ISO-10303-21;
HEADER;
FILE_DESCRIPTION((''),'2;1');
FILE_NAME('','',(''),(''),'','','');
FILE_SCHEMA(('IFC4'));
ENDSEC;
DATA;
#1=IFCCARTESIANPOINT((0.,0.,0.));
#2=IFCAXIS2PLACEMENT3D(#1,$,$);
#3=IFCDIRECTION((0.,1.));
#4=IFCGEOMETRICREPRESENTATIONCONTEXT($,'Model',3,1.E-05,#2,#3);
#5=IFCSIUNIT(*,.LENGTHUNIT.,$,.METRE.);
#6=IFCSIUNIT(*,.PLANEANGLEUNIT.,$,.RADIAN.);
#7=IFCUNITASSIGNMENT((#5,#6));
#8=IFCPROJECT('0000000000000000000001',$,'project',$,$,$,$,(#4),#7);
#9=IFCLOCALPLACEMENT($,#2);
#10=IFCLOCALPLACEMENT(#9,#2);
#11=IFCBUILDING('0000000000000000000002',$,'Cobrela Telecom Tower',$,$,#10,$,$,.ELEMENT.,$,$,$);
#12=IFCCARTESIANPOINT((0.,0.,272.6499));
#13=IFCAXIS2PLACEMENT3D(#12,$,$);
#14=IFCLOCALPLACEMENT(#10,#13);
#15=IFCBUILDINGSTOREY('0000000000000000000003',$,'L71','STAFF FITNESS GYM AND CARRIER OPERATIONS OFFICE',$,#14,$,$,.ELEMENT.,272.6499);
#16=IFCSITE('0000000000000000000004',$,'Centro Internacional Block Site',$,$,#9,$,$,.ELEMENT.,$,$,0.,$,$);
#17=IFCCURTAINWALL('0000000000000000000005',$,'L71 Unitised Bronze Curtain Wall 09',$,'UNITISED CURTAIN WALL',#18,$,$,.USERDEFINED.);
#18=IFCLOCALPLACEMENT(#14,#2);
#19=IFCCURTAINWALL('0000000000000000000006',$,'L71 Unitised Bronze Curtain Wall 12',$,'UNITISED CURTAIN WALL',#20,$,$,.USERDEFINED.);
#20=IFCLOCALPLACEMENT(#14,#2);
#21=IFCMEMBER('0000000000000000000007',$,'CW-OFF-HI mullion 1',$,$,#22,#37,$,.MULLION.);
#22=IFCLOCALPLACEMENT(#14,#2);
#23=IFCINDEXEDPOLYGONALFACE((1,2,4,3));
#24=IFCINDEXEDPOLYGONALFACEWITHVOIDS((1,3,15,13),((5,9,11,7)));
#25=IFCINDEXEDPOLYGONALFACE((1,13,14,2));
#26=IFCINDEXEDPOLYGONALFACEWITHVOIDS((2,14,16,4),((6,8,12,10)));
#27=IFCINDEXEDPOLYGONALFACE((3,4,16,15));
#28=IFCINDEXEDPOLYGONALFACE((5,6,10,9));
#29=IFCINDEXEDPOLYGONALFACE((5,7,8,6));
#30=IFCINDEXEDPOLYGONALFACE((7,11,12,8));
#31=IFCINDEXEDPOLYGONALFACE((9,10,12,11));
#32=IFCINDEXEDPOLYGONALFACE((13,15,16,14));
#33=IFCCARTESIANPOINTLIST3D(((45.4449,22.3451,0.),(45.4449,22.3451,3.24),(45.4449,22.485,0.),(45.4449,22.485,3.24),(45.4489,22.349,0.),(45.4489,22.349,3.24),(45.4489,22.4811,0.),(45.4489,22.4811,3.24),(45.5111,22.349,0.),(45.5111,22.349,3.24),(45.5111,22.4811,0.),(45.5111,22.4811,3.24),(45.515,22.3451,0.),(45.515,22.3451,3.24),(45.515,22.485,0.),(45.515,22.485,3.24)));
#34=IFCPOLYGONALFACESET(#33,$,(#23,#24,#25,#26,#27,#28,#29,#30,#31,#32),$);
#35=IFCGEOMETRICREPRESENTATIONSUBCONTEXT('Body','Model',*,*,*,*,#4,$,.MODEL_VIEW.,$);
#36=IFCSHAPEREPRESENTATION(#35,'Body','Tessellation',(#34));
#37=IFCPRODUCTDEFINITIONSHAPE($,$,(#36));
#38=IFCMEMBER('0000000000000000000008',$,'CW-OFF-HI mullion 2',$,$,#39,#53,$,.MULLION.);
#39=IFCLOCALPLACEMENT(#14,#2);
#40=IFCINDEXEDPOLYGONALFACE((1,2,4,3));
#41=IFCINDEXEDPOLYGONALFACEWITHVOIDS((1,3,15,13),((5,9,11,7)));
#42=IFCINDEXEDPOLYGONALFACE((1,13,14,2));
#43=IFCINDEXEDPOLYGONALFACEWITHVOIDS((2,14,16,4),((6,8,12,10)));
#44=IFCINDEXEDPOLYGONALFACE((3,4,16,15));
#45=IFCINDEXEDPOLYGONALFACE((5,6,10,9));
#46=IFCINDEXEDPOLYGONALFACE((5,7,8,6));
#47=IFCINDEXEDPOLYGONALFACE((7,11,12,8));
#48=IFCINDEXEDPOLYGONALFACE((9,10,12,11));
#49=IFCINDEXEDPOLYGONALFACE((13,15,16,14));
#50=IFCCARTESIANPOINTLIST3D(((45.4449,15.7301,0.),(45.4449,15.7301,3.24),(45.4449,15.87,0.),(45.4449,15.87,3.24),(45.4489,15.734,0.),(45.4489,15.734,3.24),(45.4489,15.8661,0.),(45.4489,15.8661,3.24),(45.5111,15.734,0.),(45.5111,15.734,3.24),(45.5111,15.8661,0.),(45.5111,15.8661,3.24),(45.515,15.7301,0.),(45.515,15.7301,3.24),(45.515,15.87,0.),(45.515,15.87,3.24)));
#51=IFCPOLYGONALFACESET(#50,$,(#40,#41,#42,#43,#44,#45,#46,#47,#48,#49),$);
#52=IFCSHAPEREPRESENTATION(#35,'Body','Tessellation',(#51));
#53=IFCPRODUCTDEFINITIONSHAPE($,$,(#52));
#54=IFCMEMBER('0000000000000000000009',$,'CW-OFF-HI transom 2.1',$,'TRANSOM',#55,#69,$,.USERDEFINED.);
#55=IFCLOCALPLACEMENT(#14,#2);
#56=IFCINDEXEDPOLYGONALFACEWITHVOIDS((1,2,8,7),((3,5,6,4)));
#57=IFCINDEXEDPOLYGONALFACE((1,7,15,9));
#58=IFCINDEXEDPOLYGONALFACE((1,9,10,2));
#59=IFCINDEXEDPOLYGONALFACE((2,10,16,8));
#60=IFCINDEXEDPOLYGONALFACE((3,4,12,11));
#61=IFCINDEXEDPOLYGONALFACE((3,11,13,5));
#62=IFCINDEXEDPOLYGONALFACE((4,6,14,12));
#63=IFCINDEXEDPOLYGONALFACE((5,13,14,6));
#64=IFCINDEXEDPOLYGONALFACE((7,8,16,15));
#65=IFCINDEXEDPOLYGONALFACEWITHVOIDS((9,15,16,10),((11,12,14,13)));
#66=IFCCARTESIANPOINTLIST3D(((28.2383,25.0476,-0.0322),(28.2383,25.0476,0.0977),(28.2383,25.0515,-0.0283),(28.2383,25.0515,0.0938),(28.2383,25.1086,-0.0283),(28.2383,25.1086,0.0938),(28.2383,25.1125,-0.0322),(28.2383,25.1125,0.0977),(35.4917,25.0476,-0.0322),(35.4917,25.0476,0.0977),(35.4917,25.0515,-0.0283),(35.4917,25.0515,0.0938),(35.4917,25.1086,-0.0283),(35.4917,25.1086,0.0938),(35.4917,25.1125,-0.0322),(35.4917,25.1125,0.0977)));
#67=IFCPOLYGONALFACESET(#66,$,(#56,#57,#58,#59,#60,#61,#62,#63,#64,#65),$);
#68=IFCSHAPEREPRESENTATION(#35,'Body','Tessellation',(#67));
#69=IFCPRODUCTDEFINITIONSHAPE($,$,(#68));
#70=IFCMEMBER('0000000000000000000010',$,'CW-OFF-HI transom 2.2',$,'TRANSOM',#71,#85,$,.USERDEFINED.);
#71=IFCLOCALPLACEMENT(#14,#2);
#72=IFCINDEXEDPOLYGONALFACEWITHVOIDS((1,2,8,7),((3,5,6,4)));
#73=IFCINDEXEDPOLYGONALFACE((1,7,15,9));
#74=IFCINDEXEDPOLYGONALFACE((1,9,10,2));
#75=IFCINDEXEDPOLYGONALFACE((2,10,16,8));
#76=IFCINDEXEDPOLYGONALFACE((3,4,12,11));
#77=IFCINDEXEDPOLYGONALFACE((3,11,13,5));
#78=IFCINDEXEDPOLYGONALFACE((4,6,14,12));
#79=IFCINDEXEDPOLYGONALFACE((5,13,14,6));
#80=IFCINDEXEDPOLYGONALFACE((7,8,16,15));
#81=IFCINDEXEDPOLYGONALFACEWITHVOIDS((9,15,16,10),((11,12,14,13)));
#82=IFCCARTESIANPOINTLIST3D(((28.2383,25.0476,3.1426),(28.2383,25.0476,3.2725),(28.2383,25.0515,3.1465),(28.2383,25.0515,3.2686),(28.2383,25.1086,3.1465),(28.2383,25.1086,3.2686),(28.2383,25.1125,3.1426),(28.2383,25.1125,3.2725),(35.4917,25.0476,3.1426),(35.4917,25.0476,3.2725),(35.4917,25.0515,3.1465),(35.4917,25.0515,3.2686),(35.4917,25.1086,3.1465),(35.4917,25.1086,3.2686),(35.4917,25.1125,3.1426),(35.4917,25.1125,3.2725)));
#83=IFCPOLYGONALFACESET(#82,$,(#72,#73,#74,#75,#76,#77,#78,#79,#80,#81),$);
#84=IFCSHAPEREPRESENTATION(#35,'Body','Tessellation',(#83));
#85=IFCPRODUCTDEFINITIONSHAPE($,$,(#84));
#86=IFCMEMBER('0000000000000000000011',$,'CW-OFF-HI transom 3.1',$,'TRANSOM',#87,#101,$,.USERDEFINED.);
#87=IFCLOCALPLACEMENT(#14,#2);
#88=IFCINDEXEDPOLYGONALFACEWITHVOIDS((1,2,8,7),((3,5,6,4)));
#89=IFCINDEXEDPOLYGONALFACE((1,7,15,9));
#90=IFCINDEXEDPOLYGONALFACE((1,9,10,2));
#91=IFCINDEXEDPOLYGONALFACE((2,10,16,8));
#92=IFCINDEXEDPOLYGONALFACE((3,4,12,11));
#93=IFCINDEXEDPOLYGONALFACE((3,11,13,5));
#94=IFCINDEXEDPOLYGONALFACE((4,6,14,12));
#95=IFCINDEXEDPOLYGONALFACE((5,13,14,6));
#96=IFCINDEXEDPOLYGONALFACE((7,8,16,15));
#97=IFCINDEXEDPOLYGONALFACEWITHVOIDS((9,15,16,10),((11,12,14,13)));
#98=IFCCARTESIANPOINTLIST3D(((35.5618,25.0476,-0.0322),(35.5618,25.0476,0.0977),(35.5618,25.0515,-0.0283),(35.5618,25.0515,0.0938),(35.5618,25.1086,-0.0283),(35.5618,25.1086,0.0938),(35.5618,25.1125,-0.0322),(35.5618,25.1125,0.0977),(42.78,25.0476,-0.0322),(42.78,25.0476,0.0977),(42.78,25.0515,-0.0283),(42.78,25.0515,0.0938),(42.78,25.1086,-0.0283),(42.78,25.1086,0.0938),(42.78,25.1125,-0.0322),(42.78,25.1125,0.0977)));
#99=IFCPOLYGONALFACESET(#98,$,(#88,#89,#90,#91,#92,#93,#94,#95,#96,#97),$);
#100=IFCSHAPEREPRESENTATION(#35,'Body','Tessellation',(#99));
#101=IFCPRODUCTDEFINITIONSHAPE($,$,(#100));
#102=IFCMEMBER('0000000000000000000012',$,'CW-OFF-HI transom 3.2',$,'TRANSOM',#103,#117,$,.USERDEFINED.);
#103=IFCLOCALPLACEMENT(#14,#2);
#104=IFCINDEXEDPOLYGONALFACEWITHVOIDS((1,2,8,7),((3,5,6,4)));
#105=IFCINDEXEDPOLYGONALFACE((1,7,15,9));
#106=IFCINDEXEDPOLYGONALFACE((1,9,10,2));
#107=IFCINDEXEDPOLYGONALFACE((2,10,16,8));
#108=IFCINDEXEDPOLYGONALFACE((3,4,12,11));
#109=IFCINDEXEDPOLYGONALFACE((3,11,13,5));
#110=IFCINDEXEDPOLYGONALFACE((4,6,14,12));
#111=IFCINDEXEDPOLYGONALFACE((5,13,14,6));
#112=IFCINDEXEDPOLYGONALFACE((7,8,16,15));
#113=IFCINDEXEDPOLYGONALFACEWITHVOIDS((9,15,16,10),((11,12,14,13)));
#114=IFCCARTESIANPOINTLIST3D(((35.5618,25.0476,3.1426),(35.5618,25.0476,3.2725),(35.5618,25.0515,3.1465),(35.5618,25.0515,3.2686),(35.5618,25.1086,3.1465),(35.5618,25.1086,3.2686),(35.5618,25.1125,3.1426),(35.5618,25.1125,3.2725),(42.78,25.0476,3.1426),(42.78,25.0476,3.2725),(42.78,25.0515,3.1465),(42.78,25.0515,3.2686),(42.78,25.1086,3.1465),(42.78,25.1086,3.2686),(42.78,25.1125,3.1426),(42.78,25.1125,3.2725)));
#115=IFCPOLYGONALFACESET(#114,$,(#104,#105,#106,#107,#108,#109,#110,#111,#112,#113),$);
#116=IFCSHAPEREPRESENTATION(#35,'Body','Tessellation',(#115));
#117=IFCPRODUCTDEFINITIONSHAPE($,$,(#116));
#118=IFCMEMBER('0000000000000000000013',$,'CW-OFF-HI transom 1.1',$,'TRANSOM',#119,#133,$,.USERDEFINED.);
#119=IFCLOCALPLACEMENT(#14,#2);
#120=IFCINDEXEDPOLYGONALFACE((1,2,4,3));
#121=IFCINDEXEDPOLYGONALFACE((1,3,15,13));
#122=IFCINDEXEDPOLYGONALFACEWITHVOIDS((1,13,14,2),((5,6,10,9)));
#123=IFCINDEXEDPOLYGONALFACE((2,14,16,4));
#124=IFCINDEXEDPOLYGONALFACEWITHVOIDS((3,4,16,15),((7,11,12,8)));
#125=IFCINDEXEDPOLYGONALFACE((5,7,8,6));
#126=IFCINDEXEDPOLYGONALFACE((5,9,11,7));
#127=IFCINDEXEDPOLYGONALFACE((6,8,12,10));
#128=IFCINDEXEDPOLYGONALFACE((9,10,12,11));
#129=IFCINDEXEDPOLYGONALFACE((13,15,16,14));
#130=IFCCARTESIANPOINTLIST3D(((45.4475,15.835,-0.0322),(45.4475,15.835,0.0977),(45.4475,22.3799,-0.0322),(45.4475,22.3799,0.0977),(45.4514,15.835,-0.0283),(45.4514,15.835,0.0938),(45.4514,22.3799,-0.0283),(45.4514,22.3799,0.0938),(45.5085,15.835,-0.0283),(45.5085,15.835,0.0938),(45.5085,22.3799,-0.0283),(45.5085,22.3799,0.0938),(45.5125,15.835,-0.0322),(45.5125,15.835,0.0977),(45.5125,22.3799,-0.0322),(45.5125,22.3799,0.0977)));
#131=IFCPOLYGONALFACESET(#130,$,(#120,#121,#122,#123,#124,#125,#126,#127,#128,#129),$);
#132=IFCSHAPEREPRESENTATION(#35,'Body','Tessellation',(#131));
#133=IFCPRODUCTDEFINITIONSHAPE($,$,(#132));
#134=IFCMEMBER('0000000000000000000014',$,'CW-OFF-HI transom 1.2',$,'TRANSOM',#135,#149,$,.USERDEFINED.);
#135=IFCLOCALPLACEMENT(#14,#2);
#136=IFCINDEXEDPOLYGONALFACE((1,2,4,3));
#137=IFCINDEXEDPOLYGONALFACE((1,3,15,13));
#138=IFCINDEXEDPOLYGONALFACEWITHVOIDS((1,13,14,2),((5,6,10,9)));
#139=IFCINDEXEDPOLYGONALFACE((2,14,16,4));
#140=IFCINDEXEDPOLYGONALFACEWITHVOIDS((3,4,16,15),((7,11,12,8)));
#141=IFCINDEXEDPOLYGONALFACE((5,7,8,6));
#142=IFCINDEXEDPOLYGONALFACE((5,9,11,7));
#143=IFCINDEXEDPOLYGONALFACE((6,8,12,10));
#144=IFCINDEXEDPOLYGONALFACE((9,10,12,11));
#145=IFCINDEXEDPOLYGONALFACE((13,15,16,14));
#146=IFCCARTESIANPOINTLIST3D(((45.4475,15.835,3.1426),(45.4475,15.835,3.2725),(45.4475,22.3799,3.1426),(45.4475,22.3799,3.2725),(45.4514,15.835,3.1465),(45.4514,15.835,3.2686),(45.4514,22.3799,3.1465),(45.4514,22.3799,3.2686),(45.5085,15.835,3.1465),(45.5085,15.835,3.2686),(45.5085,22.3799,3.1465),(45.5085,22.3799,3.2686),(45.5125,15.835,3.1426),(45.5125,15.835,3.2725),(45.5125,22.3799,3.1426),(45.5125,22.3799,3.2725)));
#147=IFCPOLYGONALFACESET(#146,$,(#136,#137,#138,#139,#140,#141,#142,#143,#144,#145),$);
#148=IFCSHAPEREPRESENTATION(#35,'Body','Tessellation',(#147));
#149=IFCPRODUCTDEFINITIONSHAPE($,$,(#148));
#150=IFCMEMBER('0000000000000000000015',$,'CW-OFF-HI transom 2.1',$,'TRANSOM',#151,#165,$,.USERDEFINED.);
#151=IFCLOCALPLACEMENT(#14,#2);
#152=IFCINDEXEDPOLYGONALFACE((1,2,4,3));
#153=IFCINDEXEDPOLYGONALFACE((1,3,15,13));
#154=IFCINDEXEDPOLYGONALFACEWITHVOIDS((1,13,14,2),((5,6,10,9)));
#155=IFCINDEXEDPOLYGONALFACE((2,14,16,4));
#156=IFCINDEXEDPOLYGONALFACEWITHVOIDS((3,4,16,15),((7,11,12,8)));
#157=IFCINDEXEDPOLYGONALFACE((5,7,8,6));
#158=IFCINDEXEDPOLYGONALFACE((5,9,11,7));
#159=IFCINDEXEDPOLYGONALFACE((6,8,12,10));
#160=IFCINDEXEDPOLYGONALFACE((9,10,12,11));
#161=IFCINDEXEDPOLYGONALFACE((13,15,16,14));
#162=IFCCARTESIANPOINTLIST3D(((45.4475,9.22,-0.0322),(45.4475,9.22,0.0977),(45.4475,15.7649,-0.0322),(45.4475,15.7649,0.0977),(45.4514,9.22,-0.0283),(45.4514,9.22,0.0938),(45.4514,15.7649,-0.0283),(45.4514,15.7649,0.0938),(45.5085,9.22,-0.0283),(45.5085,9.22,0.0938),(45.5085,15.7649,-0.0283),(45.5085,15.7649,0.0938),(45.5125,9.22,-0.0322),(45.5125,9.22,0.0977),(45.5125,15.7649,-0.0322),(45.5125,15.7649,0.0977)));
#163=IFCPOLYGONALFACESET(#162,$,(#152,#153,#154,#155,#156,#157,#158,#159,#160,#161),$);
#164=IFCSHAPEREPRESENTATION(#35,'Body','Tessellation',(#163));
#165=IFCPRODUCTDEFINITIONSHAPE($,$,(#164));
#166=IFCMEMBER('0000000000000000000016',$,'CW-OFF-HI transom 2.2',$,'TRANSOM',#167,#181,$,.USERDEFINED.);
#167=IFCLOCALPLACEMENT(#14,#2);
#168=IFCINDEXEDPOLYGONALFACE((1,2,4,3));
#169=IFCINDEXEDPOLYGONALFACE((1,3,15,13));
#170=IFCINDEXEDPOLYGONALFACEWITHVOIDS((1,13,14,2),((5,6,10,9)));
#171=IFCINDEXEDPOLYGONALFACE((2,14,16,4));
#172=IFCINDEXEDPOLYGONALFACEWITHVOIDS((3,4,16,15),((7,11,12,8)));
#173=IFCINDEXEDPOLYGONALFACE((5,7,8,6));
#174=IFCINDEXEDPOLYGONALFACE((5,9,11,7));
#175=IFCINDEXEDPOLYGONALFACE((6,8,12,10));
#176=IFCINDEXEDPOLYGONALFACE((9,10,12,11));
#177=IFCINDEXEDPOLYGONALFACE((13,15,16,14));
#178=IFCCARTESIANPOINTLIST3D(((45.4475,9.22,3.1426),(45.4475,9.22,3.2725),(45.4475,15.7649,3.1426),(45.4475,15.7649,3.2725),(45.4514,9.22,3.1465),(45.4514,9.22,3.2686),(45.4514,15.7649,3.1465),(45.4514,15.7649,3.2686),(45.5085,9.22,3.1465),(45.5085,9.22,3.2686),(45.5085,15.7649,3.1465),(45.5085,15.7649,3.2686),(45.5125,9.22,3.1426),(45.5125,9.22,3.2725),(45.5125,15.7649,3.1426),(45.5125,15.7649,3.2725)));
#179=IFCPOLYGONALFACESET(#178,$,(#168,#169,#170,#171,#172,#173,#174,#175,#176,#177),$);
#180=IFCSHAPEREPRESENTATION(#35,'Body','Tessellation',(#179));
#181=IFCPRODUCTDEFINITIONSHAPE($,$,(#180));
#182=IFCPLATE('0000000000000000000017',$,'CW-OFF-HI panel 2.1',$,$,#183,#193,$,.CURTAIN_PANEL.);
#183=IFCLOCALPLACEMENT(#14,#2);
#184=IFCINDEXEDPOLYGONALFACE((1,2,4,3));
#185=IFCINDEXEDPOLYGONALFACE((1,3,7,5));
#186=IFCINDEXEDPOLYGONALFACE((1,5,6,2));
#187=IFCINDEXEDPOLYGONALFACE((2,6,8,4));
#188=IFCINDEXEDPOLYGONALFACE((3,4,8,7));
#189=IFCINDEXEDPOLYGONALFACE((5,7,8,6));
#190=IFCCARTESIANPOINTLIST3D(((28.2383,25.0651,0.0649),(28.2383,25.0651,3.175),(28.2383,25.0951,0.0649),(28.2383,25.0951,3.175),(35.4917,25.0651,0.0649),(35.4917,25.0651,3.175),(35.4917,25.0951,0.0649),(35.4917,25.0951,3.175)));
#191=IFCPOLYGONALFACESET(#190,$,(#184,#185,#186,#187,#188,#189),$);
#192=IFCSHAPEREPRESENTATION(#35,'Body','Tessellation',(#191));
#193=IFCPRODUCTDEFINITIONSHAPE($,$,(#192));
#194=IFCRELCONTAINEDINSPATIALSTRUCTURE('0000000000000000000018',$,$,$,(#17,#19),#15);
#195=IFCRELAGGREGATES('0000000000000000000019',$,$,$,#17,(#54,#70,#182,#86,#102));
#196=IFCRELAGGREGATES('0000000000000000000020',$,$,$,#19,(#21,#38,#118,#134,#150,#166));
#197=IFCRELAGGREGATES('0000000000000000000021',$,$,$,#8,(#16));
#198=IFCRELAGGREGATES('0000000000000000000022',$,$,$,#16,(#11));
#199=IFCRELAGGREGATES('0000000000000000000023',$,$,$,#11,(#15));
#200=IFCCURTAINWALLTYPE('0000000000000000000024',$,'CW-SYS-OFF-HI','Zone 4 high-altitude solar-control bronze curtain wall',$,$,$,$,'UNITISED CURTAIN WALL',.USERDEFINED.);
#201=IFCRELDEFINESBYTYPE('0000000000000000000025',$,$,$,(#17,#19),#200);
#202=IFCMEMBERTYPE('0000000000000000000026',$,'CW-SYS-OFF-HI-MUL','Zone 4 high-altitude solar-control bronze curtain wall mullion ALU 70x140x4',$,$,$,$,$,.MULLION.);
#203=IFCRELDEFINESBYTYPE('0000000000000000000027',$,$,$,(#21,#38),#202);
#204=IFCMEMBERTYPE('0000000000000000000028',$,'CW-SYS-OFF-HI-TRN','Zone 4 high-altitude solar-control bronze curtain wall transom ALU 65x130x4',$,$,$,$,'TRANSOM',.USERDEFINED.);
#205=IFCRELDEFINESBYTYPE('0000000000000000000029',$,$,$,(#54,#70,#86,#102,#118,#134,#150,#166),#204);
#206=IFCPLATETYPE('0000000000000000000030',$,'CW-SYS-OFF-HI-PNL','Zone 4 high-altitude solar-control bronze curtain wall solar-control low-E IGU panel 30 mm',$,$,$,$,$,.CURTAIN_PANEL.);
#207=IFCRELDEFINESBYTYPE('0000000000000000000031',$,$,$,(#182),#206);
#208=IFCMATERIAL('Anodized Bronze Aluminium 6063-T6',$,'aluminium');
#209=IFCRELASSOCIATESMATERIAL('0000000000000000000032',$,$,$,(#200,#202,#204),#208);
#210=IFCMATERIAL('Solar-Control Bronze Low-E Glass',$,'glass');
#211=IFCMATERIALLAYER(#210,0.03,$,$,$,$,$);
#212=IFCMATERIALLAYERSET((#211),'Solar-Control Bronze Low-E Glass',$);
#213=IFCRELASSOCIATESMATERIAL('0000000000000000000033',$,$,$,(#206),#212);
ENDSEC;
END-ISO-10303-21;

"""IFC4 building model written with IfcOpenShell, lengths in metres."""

from ifc_helpers import new_model, si_unit, direction, frame, origin, origin_2d, place, context, subcontext, project, spatial, rectangle, hollow_rectangle, extrude, material, layer, layer_set, material_profile, profile_set, type_object, element, aggregate, save


model = new_model("IFC4")

# Units and contexts
model_context = context("Model", 3, precision=1e-05, world=origin(), true_north=direction((0.0, 1.0)))
body_context = subcontext(model_context, "Body", "Model", "MODEL_VIEW")
ifc_project = project(units=[si_unit("LENGTHUNIT", "METRE"), si_unit("PLANEANGLEUNIT", "RADIAN")], contexts=[model_context])

# Site, building, storey
site_placement = place(None, origin())
site = spatial("IfcSite", under=ifc_project, at=site_placement, Name="Centro Internacional Block Site", CompositionType="ELEMENT", RefElevation=0.0)
building_placement = place(site_placement, origin())
building = spatial("IfcBuilding", under=site, at=building_placement, Name="Cobrela Telecom Tower", CompositionType="ELEMENT")
storey_placement = place(building_placement, frame((0.0, 0.0, 272.6499)))
storey = spatial("IfcBuildingStorey", under=building, at=storey_placement, Name="L71", Description="STAFF FITNESS GYM AND CARRIER OPERATIONS OFFICE", CompositionType="ELEMENT", Elevation=272.6499)

# Curtain walls, members
ifc_material_1 = material(Name="Anodized Bronze Aluminium 6063-T6", Category="aluminium")
curtain_wall_type = type_object("IfcCurtainWallType", Name="CW-SYS-OFF-HI", Description="Zone 4 high-altitude solar-control bronze curtain wall", ElementType="UNITISED CURTAIN WALL", PredefinedType="USERDEFINED", material=ifc_material_1)
curtain_wall_1_placement = place(storey_placement, origin())
curtain_wall_1 = element("IfcCurtainWall", 1, at=curtain_wall_1_placement, inside=storey, type_object=curtain_wall_type, Name="L71 Unitised Bronze Curtain Wall 09", ObjectType="UNITISED CURTAIN WALL", PredefinedType="USERDEFINED")
ifc_material_profile_1 = material_profile(ifc_material_1, hollow_rectangle(XDim=0.0701, YDim=0.1399, WallThickness=0.0039, at=origin_2d()), Name="ALU 70x140x4")
ifc_profile_set_1 = profile_set([ifc_material_profile_1], Name="Anodized Bronze Aluminium 6063-T6")
member_type_1 = type_object("IfcMemberType", Name="CW-SYS-OFF-HI-MUL", Description="Zone 4 high-altitude solar-control bronze curtain wall mullion ALU 70x140x4", PredefinedType="MULLION", material=ifc_profile_set_1)
curtain_wall_2_placement = place(storey_placement, origin())
curtain_wall_2 = element("IfcCurtainWall", 2, at=curtain_wall_2_placement, inside=storey, type_object=curtain_wall_type, Name="L71 Unitised Bronze Curtain Wall 12", ObjectType="UNITISED CURTAIN WALL", PredefinedType="USERDEFINED")
member_1_placement = place(storey_placement, frame((45.48, 22.415, 0.0), z_axis=(0.0, 0.0, 1.0), x_axis=(1.0, 0.0, 0.0)))
member_1 = element("IfcMember", 3, at=member_1_placement, type_object=member_type_1, Name="CW-OFF-HI mullion 1", PredefinedType="MULLION", context=body_context, shape_type="SweptSolid", body=[
    extrude(hollow_rectangle(XDim=0.0701, YDim=0.1399, WallThickness=0.0039, at=origin_2d()), origin(), (0.0, 0.0, 1.0), 3.24),
])
member_2_placement = place(storey_placement, frame((45.48, 15.8, 0.0), z_axis=(0.0, 0.0, 1.0), x_axis=(1.0, 0.0, 0.0)))
member_2 = element("IfcMember", 4, at=member_2_placement, type_object=member_type_1, Name="CW-OFF-HI mullion 2", PredefinedType="MULLION", context=body_context, shape_type="SweptSolid", body=[
    extrude(hollow_rectangle(XDim=0.0701, YDim=0.1399, WallThickness=0.0039, at=origin_2d()), origin(), (0.0, 0.0, 1.0), 3.24),
])

# Members
ifc_material_profile_2 = material_profile(ifc_material_1, hollow_rectangle(XDim=0.0649, YDim=0.1299, WallThickness=0.0039, at=origin_2d()), Name="ALU 65x130x4")
ifc_profile_set_2 = profile_set([ifc_material_profile_2], Name="Anodized Bronze Aluminium 6063-T6")
member_type_2 = type_object("IfcMemberType", Name="CW-SYS-OFF-HI-TRN", Description="Zone 4 high-altitude solar-control bronze curtain wall transom ALU 65x130x4", ElementType="TRANSOM", PredefinedType="USERDEFINED", material=ifc_profile_set_2)
member_3_placement = place(storey_placement, frame((28.2383, 25.0801, 0.0327), z_axis=(1.0, 0.0, 0.0), x_axis=(0.0, 1.0, 0.0)))
member_3 = element("IfcMember", 5, at=member_3_placement, type_object=member_type_2, Name="CW-OFF-HI transom 2.1", ObjectType="TRANSOM", PredefinedType="USERDEFINED", context=body_context, shape_type="SweptSolid", body=[
    extrude(hollow_rectangle(XDim=0.0649, YDim=0.1299, WallThickness=0.0039, at=origin_2d()), origin(), (0.0, 0.0, 1.0), 7.2534),
])
member_4_placement = place(storey_placement, frame((28.2383, 25.0801, 3.2075), z_axis=(1.0, 0.0, 0.0), x_axis=(0.0, 1.0, 0.0)))
member_4 = element("IfcMember", 6, at=member_4_placement, type_object=member_type_2, Name="CW-OFF-HI transom 2.2", ObjectType="TRANSOM", PredefinedType="USERDEFINED", context=body_context, shape_type="SweptSolid", body=[
    extrude(hollow_rectangle(XDim=0.0649, YDim=0.1299, WallThickness=0.0039, at=origin_2d()), origin(), (0.0, 0.0, 1.0), 7.2534),
])
member_5_placement = place(storey_placement, frame((35.5618, 25.0801, 0.0327), z_axis=(1.0, 0.0, 0.0), x_axis=(0.0, 1.0, 0.0)))
member_5 = element("IfcMember", 7, at=member_5_placement, type_object=member_type_2, Name="CW-OFF-HI transom 3.1", ObjectType="TRANSOM", PredefinedType="USERDEFINED", context=body_context, shape_type="SweptSolid", body=[
    extrude(hollow_rectangle(XDim=0.0649, YDim=0.1299, WallThickness=0.0039, at=origin_2d()), origin(), (0.0, 0.0, 1.0), 7.2183),
])
member_6_placement = place(storey_placement, frame((35.5618, 25.0801, 3.2075), z_axis=(1.0, 0.0, 0.0), x_axis=(0.0, 1.0, 0.0)))
member_6 = element("IfcMember", 8, at=member_6_placement, type_object=member_type_2, Name="CW-OFF-HI transom 3.2", ObjectType="TRANSOM", PredefinedType="USERDEFINED", context=body_context, shape_type="SweptSolid", body=[
    extrude(hollow_rectangle(XDim=0.0649, YDim=0.1299, WallThickness=0.0039, at=origin_2d()), origin(), (0.0, 0.0, 1.0), 7.2183),
])
member_7_placement = place(storey_placement, frame((45.48, 22.3799, 0.0327), z_axis=(0.0, -1.0, 0.0), x_axis=(1.0, 0.0, 0.0)))
member_7 = element("IfcMember", 9, at=member_7_placement, type_object=member_type_2, Name="CW-OFF-HI transom 1.1", ObjectType="TRANSOM", PredefinedType="USERDEFINED", context=body_context, shape_type="SweptSolid", body=[
    extrude(hollow_rectangle(XDim=0.0649, YDim=0.1299, WallThickness=0.0039, at=origin_2d()), origin(), (0.0, 0.0, 1.0), 6.5449),
])
member_8_placement = place(storey_placement, frame((45.48, 22.3799, 3.2075), z_axis=(0.0, -1.0, 0.0), x_axis=(1.0, 0.0, 0.0)))
member_8 = element("IfcMember", 10, at=member_8_placement, type_object=member_type_2, Name="CW-OFF-HI transom 1.2", ObjectType="TRANSOM", PredefinedType="USERDEFINED", context=body_context, shape_type="SweptSolid", body=[
    extrude(hollow_rectangle(XDim=0.0649, YDim=0.1299, WallThickness=0.0039, at=origin_2d()), origin(), (0.0, 0.0, 1.0), 6.5449),
])
member_9_placement = place(storey_placement, frame((45.48, 15.7649, 0.0327), z_axis=(0.0, -1.0, 0.0), x_axis=(1.0, 0.0, 0.0)))
member_9 = element("IfcMember", 11, at=member_9_placement, type_object=member_type_2, Name="CW-OFF-HI transom 2.1", ObjectType="TRANSOM", PredefinedType="USERDEFINED", context=body_context, shape_type="SweptSolid", body=[
    extrude(hollow_rectangle(XDim=0.0649, YDim=0.1299, WallThickness=0.0039, at=origin_2d()), origin(), (0.0, 0.0, 1.0), 6.5449),
])
member_10_placement = place(storey_placement, frame((45.48, 15.7649, 3.2075), z_axis=(0.0, -1.0, 0.0), x_axis=(1.0, 0.0, 0.0)))
member_10 = element("IfcMember", 12, at=member_10_placement, type_object=member_type_2, Name="CW-OFF-HI transom 2.2", ObjectType="TRANSOM", PredefinedType="USERDEFINED", context=body_context, shape_type="SweptSolid", body=[
    extrude(hollow_rectangle(XDim=0.0649, YDim=0.1299, WallThickness=0.0039, at=origin_2d()), origin(), (0.0, 0.0, 1.0), 6.5449),
])

# Plate
ifc_material_2 = material(Name="Solar-Control Bronze Low-E Glass", Category="glass")
ifc_layer_1 = layer(ifc_material_2, 0.03)
ifc_layer_set_1 = layer_set([ifc_layer_1], Name="Solar-Control Bronze Low-E Glass")
plate_type = type_object("IfcPlateType", Name="CW-SYS-OFF-HI-PNL", Description="Zone 4 high-altitude solar-control bronze curtain wall solar-control low-E IGU panel 30 mm", PredefinedType="CURTAIN_PANEL", material=ifc_layer_set_1)
plate_1_placement = place(storey_placement, frame((31.865, 25.0801, 0.0649), z_axis=(0.0, 0.0, 1.0), x_axis=(1.0, 0.0, 0.0)))
plate_1 = element("IfcPlate", 13, at=plate_1_placement, type_object=plate_type, Name="CW-OFF-HI panel 2.1", PredefinedType="CURTAIN_PANEL", context=body_context, shape_type="SweptSolid", body=[
    extrude(rectangle(XDim=7.2534, YDim=0.03, at=origin_2d()), origin(), (0.0, 0.0, 1.0), 3.1101),
])
aggregate(curtain_wall_1, [member_3, member_4, plate_1, member_5, member_6])
aggregate(curtain_wall_2, [member_1, member_2, member_7, member_8, member_9, member_10])

save(model, "model.ifc")
